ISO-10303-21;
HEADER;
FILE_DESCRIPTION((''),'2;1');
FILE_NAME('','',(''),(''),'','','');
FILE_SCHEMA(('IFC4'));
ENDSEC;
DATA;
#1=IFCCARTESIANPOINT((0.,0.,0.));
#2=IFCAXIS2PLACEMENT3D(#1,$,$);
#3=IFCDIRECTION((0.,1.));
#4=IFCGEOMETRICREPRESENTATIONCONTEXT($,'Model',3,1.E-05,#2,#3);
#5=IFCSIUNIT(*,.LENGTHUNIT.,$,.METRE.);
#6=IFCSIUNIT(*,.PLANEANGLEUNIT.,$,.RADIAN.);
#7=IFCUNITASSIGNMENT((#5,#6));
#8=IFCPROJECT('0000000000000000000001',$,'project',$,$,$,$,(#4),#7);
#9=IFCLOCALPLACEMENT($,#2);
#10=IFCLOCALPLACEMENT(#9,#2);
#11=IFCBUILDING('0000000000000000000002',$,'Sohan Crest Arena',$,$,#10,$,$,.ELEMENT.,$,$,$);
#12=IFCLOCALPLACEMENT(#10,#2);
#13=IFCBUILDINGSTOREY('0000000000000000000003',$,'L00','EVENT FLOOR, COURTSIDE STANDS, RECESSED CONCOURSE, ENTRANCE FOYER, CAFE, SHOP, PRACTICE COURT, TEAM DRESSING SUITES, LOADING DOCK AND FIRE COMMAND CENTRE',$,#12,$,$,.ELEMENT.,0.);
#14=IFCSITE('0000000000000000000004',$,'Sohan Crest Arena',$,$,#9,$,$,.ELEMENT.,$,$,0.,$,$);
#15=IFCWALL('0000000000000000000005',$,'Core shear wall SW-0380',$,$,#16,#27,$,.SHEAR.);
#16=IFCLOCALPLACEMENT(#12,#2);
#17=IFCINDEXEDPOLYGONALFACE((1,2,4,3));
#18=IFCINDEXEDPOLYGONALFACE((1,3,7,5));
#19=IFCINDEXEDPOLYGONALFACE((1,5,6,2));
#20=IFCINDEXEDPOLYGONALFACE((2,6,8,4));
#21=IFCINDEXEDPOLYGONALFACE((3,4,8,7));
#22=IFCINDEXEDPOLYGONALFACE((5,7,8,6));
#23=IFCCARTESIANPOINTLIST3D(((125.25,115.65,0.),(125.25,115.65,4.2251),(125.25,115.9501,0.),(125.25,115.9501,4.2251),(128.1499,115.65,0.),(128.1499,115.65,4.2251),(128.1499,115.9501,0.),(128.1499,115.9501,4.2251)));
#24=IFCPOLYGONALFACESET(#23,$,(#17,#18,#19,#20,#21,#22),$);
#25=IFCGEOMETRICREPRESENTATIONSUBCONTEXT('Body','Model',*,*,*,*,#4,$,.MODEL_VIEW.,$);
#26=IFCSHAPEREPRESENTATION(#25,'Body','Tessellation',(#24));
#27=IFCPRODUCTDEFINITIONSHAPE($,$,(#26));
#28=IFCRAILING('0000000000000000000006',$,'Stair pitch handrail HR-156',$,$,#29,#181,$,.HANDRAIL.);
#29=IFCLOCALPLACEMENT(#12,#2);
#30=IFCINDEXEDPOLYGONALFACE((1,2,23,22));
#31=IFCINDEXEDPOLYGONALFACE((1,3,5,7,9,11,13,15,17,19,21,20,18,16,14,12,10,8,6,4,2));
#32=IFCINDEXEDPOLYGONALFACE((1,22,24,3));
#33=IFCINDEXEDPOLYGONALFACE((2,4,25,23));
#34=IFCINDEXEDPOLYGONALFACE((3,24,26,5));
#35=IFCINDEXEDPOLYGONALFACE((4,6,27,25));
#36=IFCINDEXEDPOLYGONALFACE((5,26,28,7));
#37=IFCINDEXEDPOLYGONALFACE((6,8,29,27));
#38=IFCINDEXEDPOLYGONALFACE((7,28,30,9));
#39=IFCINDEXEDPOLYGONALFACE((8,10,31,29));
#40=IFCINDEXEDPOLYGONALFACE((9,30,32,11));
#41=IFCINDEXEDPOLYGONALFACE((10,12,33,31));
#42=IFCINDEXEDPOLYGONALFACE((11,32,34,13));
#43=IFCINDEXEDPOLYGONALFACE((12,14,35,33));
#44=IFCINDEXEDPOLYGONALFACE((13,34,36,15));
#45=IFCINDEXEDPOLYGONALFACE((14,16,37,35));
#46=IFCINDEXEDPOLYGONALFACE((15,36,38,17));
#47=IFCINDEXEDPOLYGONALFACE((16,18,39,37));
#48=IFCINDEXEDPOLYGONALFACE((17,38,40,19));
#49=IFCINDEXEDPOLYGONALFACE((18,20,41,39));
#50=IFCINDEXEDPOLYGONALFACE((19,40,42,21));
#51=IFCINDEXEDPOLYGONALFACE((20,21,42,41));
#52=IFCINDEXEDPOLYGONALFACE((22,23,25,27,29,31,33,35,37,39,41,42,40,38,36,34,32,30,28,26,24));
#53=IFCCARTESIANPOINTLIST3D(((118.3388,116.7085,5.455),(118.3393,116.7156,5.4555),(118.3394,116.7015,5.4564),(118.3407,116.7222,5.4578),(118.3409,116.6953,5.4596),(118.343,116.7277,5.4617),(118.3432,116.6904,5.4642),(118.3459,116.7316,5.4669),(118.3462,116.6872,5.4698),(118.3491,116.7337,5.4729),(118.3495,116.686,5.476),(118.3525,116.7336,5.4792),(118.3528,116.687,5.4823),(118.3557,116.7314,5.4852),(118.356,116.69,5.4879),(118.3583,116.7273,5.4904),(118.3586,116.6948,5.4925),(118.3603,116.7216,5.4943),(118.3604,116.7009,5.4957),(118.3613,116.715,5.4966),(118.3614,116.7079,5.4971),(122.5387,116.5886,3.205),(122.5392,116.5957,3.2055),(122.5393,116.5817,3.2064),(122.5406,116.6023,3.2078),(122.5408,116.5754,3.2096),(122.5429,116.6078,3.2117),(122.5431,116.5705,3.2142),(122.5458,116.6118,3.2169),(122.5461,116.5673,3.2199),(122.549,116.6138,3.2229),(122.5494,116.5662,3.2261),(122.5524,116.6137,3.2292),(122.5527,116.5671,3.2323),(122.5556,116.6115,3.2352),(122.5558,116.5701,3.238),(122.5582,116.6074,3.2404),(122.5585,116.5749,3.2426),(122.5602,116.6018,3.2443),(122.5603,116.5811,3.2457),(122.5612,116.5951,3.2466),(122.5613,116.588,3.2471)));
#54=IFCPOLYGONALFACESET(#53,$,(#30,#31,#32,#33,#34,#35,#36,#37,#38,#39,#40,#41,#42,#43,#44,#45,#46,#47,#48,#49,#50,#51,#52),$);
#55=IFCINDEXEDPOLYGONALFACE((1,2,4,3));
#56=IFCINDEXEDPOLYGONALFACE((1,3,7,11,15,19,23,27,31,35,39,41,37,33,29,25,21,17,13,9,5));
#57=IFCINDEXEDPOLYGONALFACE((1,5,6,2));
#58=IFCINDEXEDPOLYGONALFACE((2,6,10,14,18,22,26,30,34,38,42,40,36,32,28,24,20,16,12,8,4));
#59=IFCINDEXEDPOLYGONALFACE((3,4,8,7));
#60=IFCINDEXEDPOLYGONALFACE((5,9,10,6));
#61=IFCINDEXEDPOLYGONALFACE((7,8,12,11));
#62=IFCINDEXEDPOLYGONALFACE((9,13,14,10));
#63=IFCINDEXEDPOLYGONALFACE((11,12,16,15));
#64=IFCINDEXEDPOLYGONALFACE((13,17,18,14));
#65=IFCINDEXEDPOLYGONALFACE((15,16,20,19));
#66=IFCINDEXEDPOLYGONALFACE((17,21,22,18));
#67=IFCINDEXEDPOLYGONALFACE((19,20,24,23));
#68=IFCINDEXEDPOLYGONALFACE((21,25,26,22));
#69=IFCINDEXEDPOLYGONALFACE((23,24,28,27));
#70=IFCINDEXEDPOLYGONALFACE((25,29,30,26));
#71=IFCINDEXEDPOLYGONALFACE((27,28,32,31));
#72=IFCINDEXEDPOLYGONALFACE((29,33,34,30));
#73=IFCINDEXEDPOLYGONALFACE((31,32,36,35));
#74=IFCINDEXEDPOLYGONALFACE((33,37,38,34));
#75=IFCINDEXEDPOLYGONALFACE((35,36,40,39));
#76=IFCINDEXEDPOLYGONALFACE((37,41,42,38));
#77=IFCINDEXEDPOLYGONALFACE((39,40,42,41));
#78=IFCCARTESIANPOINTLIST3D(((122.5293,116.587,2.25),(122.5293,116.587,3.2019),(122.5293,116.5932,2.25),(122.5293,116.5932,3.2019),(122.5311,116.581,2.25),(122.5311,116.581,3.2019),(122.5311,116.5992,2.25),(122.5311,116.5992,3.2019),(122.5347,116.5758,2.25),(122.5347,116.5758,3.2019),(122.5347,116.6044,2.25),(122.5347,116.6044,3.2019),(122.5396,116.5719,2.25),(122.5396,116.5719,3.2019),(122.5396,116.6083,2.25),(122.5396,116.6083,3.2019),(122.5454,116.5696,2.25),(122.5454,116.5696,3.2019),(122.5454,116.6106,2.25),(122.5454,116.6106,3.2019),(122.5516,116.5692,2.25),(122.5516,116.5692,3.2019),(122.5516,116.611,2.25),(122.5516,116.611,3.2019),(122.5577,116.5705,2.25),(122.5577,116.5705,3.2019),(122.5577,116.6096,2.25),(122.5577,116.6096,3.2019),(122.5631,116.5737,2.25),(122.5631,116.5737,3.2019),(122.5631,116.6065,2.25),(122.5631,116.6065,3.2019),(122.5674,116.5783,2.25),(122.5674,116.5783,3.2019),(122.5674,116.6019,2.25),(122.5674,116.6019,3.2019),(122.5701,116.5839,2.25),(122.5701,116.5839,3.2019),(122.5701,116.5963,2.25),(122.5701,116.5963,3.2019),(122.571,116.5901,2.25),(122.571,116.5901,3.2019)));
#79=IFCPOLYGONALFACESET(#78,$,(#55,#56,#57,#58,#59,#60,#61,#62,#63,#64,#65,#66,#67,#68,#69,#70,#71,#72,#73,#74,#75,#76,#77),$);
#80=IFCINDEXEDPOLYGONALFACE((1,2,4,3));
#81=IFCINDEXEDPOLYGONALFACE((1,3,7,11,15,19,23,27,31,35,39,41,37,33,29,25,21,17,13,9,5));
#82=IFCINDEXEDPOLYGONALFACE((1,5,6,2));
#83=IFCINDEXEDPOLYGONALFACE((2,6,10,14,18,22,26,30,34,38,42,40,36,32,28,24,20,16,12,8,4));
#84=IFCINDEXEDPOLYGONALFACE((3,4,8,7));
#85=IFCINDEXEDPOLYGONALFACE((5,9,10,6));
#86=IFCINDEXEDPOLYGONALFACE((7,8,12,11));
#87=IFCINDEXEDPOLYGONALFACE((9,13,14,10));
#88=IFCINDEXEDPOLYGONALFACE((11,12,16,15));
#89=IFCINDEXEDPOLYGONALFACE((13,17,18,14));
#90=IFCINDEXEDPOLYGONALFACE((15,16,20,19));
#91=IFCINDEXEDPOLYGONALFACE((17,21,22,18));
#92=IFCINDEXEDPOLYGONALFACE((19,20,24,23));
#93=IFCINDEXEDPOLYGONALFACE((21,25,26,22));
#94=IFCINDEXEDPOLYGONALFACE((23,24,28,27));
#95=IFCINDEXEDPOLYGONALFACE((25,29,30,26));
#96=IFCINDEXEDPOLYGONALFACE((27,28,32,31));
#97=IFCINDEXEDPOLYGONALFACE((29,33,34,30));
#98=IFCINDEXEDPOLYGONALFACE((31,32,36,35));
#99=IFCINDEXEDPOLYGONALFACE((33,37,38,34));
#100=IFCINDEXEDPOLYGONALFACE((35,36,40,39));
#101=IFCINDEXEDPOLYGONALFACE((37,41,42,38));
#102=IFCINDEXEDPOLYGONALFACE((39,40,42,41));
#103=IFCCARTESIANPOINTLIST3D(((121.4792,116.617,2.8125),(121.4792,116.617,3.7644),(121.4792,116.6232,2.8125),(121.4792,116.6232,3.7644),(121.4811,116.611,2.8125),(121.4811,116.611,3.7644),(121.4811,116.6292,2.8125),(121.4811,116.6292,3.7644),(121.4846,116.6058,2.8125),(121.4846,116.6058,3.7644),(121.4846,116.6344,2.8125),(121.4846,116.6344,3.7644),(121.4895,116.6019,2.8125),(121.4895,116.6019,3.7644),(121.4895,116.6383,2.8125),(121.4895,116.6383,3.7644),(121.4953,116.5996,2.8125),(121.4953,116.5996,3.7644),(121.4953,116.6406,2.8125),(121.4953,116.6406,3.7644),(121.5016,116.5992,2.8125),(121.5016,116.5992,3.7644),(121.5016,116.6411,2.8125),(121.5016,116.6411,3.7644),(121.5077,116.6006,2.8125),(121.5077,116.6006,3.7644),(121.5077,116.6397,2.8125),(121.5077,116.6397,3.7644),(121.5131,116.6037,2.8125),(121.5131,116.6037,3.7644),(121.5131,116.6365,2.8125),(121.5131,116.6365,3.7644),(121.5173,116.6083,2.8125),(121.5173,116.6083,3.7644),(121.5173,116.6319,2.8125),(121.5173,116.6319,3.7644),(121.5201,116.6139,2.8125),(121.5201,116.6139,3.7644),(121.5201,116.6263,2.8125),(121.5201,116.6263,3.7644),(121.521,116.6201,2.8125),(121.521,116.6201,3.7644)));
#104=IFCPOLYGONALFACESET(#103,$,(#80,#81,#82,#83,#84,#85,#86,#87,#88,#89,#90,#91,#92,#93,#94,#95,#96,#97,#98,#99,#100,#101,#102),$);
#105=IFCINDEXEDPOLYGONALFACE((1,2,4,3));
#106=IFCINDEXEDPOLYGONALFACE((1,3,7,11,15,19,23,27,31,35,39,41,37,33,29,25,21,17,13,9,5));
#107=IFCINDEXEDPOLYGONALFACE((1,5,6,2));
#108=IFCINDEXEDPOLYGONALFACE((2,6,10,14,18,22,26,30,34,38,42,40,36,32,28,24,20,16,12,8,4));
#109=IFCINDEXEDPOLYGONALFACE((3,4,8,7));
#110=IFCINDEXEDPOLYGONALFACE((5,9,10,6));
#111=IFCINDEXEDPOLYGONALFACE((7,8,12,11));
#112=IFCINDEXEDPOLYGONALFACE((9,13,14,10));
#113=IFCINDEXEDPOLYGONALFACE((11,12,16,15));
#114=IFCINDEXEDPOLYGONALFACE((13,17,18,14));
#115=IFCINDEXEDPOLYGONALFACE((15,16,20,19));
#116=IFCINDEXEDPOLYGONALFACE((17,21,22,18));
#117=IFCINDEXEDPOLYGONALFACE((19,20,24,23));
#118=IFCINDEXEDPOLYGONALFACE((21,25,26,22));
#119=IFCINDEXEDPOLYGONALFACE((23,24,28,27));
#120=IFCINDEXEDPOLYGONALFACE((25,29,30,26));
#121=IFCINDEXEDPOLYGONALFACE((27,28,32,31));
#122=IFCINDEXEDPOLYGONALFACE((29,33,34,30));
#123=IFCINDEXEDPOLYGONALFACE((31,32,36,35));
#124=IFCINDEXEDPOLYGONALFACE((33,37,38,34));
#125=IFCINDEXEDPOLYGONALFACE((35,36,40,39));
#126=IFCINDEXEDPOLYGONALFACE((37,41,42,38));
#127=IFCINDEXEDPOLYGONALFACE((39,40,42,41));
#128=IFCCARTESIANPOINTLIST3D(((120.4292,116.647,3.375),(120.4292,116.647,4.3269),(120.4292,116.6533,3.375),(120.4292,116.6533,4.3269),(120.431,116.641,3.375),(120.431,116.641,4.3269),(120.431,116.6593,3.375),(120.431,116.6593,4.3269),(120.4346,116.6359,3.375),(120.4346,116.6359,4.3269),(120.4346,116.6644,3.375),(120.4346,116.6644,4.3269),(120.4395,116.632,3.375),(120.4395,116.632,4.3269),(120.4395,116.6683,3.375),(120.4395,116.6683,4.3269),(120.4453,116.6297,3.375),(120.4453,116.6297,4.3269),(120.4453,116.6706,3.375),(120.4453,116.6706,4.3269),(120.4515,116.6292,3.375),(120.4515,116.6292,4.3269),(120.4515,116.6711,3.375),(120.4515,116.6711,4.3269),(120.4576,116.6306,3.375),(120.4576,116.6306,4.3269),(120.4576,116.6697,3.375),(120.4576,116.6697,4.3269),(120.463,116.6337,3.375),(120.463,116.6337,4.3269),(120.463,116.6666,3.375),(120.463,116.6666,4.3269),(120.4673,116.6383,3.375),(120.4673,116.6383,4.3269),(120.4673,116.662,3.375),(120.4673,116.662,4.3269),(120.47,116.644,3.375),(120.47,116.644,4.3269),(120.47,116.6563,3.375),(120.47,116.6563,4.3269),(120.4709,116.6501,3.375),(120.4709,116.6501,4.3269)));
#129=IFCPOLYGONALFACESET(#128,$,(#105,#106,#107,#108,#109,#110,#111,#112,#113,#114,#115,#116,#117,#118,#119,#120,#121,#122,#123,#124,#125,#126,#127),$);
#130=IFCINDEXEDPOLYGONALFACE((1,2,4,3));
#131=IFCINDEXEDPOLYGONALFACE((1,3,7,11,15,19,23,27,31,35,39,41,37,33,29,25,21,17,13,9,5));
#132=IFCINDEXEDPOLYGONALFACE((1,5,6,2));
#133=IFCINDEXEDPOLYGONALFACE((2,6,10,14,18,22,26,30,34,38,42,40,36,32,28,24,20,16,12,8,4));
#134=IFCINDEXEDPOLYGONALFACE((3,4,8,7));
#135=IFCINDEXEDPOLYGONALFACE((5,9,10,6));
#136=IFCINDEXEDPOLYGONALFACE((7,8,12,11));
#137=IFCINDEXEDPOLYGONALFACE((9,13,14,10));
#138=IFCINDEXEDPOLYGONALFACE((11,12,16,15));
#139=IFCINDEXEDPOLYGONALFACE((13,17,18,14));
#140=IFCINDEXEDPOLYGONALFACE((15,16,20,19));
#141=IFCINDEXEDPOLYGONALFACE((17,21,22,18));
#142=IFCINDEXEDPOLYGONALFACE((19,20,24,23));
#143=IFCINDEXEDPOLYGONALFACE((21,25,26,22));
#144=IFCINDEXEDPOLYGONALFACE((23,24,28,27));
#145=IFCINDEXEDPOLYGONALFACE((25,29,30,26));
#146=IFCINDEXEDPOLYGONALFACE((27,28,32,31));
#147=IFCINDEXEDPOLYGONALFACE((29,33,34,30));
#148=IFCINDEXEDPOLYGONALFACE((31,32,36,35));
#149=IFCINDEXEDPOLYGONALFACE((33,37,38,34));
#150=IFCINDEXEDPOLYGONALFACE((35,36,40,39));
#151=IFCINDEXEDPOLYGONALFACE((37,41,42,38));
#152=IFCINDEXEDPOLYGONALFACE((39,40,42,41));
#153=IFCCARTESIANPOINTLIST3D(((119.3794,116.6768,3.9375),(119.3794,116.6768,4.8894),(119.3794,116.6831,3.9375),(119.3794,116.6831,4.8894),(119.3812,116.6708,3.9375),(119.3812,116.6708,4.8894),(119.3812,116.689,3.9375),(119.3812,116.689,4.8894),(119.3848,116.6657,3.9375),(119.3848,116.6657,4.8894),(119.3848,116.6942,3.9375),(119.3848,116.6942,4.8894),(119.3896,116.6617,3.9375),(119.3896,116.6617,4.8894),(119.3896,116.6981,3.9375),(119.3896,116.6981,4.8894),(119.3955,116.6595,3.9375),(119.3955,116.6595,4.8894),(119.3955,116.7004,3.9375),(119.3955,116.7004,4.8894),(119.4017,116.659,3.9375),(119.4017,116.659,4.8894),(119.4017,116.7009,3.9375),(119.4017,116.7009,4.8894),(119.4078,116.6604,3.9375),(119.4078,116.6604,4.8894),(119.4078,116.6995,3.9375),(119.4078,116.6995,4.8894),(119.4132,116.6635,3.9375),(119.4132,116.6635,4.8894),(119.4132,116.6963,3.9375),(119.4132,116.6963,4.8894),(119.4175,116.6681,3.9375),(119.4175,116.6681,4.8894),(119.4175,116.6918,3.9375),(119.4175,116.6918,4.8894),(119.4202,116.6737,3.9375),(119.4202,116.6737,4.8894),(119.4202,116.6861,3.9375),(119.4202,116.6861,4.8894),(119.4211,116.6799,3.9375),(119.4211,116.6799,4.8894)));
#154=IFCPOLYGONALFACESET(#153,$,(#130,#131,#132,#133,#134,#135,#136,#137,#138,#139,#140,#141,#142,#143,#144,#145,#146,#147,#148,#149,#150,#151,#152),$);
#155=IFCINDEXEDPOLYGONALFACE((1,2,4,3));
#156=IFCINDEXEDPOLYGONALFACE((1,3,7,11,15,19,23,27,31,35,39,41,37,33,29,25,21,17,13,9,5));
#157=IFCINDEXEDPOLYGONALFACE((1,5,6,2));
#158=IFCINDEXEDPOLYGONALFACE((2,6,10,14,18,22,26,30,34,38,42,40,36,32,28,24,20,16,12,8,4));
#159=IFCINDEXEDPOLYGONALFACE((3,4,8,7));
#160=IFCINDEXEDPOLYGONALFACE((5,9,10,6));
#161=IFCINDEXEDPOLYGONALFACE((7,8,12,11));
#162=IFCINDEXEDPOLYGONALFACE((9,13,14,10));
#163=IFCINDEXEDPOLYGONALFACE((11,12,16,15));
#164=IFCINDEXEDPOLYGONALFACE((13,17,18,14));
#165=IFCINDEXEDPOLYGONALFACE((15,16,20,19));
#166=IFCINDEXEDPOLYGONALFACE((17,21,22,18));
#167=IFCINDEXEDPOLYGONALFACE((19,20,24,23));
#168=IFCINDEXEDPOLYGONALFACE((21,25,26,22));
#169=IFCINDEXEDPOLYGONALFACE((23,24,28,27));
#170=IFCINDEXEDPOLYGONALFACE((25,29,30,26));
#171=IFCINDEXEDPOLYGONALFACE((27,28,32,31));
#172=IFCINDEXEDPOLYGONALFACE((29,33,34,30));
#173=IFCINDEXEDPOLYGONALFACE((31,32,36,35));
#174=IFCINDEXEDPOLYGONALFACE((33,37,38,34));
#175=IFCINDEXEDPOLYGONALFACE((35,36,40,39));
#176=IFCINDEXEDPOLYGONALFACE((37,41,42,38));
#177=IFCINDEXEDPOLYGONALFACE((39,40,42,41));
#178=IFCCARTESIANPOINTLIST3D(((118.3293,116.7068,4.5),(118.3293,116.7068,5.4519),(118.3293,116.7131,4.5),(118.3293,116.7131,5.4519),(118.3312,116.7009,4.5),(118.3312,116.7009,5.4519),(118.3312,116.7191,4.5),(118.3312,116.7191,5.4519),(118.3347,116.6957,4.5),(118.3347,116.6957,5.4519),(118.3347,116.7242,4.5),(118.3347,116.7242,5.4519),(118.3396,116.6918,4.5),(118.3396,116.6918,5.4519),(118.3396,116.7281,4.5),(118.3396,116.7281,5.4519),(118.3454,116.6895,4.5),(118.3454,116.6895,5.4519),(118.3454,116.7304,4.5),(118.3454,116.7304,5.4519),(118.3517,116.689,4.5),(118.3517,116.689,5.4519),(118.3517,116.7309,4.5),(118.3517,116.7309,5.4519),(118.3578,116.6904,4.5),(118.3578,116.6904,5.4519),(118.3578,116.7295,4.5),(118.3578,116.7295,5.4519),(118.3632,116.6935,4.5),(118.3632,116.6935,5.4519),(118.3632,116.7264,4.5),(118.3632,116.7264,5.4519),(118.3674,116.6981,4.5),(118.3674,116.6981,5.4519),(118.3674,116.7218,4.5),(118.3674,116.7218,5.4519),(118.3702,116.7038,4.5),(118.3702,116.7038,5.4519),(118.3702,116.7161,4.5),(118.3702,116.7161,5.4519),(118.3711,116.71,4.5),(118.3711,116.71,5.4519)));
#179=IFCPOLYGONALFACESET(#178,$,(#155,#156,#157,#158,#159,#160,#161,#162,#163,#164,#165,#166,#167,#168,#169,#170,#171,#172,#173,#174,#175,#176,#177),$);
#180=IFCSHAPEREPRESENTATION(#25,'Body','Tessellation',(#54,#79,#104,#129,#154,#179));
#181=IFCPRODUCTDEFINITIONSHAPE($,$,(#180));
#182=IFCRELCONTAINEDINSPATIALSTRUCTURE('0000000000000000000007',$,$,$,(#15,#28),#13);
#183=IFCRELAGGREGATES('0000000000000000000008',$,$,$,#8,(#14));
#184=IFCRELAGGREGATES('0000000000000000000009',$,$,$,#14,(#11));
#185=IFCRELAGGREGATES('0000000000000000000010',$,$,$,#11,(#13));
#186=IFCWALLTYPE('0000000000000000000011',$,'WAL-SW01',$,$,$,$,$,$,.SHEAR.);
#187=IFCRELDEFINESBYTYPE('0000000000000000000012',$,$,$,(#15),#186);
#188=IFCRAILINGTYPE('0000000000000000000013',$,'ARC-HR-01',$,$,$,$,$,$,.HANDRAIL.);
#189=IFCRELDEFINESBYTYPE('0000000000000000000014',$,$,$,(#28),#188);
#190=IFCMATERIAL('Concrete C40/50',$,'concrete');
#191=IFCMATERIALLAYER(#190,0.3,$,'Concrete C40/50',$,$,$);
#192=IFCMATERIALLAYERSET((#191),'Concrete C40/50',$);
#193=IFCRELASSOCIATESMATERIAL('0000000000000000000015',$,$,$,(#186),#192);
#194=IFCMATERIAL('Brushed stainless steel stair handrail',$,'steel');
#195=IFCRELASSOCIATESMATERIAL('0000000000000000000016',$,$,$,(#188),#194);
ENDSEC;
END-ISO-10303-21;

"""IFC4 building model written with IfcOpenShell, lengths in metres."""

from ifc_helpers import new_model, si_unit, direction, frame, frame_2d, origin, origin_2d, place, context, subcontext, project, spatial, rectangle, circle, extrude, material, layer, layer_set, type_object, element, save


model = new_model("IFC4")

# Units and contexts
model_context = context("Model", 3, precision=1e-05, world=origin(), true_north=direction((0.0, 1.0)))
body_context = subcontext(model_context, "Body", "Model", "MODEL_VIEW")
ifc_project = project(units=[si_unit("LENGTHUNIT", "METRE"), si_unit("PLANEANGLEUNIT", "RADIAN")], contexts=[model_context])

# Site, building, storey
site_placement = place(None, origin())
site = spatial("IfcSite", under=ifc_project, at=site_placement, Name="Sohan Crest Arena", CompositionType="ELEMENT", RefElevation=0.0)
building_placement = place(site_placement, origin())
building = spatial("IfcBuilding", under=site, at=building_placement, Name="Sohan Crest Arena", CompositionType="ELEMENT")
storey_placement = place(building_placement, origin())
storey = spatial("IfcBuildingStorey", under=building, at=storey_placement, Name="L00", Description="EVENT FLOOR, COURTSIDE STANDS, RECESSED CONCOURSE, ENTRANCE FOYER, CAFE, SHOP, PRACTICE COURT, TEAM DRESSING SUITES, LOADING DOCK AND FIRE COMMAND CENTRE", CompositionType="ELEMENT", Elevation=0.0)

# Wall
ifc_material_1 = material(Name="Concrete C40/50", Category="concrete")
ifc_layer_1 = layer(ifc_material_1, 0.3, Name="Concrete C40/50")
ifc_layer_set_1 = layer_set([ifc_layer_1], Name="Concrete C40/50")
wall_type = type_object("IfcWallType", Name="WAL-SW01", PredefinedType="SHEAR", material=ifc_layer_set_1)
wall_placement = place(storey_placement, frame((125.25, 115.8, 0.0), z_axis=(0.0, 0.0, 1.0), x_axis=(1.0, 0.0, 0.0)))
element("IfcWall", 1, at=wall_placement, inside=storey, type_object=wall_type, Name="Core shear wall SW-0380", PredefinedType="SHEAR", context=body_context, shape_type="SweptSolid", body=[
    extrude(rectangle(XDim=2.8999, YDim=0.3, at=frame_2d((1.45, 0.0))), origin(), (0.0, 0.0, 1.0), 4.2251),
])

# Railing
ifc_material_2 = material(Name="Brushed stainless steel stair handrail", Category="steel")
railing_type = type_object("IfcRailingType", Name="ARC-HR-01", PredefinedType="HANDRAIL", material=ifc_material_2)
railing_placement = place(storey_placement, frame((122.55, 116.5901, 2.25)))
element("IfcRailing", 2, at=railing_placement, inside=storey, type_object=railing_type, Name="Stair pitch handrail HR-156", PredefinedType="HANDRAIL", context=body_context, shape_type="SweptSolid", body=[
    extrude(circle(Radius=0.0239, at=origin_2d()), frame((0.0, 0.0, 0.9761), z_axis=(-0.881199, 0.025151, 0.472076), x_axis=(-0.02853, -0.999593, 0.0)), (0.0, 0.0, 1.0), 4.7661),
    extrude(circle(Radius=0.021, at=origin_2d()), origin(), (0.0, 0.0, 1.0), 0.9519),
    extrude(circle(Radius=0.021, at=origin_2d()), frame((-1.05, 0.03, 0.5625)), (0.0, 0.0, 1.0), 0.9519),
    extrude(circle(Radius=0.021, at=origin_2d()), frame((-2.1001, 0.0601, 1.125)), (0.0, 0.0, 1.0), 0.9519),
    extrude(circle(Radius=0.021, at=origin_2d()), frame((-3.1499, 0.0898, 1.6875)), (0.0, 0.0, 1.0), 0.9519),
    extrude(circle(Radius=0.021, at=origin_2d()), frame((-4.2, 0.1199, 2.25)), (0.0, 0.0, 1.0), 0.9519),
])

save(model, "model.ifc")
